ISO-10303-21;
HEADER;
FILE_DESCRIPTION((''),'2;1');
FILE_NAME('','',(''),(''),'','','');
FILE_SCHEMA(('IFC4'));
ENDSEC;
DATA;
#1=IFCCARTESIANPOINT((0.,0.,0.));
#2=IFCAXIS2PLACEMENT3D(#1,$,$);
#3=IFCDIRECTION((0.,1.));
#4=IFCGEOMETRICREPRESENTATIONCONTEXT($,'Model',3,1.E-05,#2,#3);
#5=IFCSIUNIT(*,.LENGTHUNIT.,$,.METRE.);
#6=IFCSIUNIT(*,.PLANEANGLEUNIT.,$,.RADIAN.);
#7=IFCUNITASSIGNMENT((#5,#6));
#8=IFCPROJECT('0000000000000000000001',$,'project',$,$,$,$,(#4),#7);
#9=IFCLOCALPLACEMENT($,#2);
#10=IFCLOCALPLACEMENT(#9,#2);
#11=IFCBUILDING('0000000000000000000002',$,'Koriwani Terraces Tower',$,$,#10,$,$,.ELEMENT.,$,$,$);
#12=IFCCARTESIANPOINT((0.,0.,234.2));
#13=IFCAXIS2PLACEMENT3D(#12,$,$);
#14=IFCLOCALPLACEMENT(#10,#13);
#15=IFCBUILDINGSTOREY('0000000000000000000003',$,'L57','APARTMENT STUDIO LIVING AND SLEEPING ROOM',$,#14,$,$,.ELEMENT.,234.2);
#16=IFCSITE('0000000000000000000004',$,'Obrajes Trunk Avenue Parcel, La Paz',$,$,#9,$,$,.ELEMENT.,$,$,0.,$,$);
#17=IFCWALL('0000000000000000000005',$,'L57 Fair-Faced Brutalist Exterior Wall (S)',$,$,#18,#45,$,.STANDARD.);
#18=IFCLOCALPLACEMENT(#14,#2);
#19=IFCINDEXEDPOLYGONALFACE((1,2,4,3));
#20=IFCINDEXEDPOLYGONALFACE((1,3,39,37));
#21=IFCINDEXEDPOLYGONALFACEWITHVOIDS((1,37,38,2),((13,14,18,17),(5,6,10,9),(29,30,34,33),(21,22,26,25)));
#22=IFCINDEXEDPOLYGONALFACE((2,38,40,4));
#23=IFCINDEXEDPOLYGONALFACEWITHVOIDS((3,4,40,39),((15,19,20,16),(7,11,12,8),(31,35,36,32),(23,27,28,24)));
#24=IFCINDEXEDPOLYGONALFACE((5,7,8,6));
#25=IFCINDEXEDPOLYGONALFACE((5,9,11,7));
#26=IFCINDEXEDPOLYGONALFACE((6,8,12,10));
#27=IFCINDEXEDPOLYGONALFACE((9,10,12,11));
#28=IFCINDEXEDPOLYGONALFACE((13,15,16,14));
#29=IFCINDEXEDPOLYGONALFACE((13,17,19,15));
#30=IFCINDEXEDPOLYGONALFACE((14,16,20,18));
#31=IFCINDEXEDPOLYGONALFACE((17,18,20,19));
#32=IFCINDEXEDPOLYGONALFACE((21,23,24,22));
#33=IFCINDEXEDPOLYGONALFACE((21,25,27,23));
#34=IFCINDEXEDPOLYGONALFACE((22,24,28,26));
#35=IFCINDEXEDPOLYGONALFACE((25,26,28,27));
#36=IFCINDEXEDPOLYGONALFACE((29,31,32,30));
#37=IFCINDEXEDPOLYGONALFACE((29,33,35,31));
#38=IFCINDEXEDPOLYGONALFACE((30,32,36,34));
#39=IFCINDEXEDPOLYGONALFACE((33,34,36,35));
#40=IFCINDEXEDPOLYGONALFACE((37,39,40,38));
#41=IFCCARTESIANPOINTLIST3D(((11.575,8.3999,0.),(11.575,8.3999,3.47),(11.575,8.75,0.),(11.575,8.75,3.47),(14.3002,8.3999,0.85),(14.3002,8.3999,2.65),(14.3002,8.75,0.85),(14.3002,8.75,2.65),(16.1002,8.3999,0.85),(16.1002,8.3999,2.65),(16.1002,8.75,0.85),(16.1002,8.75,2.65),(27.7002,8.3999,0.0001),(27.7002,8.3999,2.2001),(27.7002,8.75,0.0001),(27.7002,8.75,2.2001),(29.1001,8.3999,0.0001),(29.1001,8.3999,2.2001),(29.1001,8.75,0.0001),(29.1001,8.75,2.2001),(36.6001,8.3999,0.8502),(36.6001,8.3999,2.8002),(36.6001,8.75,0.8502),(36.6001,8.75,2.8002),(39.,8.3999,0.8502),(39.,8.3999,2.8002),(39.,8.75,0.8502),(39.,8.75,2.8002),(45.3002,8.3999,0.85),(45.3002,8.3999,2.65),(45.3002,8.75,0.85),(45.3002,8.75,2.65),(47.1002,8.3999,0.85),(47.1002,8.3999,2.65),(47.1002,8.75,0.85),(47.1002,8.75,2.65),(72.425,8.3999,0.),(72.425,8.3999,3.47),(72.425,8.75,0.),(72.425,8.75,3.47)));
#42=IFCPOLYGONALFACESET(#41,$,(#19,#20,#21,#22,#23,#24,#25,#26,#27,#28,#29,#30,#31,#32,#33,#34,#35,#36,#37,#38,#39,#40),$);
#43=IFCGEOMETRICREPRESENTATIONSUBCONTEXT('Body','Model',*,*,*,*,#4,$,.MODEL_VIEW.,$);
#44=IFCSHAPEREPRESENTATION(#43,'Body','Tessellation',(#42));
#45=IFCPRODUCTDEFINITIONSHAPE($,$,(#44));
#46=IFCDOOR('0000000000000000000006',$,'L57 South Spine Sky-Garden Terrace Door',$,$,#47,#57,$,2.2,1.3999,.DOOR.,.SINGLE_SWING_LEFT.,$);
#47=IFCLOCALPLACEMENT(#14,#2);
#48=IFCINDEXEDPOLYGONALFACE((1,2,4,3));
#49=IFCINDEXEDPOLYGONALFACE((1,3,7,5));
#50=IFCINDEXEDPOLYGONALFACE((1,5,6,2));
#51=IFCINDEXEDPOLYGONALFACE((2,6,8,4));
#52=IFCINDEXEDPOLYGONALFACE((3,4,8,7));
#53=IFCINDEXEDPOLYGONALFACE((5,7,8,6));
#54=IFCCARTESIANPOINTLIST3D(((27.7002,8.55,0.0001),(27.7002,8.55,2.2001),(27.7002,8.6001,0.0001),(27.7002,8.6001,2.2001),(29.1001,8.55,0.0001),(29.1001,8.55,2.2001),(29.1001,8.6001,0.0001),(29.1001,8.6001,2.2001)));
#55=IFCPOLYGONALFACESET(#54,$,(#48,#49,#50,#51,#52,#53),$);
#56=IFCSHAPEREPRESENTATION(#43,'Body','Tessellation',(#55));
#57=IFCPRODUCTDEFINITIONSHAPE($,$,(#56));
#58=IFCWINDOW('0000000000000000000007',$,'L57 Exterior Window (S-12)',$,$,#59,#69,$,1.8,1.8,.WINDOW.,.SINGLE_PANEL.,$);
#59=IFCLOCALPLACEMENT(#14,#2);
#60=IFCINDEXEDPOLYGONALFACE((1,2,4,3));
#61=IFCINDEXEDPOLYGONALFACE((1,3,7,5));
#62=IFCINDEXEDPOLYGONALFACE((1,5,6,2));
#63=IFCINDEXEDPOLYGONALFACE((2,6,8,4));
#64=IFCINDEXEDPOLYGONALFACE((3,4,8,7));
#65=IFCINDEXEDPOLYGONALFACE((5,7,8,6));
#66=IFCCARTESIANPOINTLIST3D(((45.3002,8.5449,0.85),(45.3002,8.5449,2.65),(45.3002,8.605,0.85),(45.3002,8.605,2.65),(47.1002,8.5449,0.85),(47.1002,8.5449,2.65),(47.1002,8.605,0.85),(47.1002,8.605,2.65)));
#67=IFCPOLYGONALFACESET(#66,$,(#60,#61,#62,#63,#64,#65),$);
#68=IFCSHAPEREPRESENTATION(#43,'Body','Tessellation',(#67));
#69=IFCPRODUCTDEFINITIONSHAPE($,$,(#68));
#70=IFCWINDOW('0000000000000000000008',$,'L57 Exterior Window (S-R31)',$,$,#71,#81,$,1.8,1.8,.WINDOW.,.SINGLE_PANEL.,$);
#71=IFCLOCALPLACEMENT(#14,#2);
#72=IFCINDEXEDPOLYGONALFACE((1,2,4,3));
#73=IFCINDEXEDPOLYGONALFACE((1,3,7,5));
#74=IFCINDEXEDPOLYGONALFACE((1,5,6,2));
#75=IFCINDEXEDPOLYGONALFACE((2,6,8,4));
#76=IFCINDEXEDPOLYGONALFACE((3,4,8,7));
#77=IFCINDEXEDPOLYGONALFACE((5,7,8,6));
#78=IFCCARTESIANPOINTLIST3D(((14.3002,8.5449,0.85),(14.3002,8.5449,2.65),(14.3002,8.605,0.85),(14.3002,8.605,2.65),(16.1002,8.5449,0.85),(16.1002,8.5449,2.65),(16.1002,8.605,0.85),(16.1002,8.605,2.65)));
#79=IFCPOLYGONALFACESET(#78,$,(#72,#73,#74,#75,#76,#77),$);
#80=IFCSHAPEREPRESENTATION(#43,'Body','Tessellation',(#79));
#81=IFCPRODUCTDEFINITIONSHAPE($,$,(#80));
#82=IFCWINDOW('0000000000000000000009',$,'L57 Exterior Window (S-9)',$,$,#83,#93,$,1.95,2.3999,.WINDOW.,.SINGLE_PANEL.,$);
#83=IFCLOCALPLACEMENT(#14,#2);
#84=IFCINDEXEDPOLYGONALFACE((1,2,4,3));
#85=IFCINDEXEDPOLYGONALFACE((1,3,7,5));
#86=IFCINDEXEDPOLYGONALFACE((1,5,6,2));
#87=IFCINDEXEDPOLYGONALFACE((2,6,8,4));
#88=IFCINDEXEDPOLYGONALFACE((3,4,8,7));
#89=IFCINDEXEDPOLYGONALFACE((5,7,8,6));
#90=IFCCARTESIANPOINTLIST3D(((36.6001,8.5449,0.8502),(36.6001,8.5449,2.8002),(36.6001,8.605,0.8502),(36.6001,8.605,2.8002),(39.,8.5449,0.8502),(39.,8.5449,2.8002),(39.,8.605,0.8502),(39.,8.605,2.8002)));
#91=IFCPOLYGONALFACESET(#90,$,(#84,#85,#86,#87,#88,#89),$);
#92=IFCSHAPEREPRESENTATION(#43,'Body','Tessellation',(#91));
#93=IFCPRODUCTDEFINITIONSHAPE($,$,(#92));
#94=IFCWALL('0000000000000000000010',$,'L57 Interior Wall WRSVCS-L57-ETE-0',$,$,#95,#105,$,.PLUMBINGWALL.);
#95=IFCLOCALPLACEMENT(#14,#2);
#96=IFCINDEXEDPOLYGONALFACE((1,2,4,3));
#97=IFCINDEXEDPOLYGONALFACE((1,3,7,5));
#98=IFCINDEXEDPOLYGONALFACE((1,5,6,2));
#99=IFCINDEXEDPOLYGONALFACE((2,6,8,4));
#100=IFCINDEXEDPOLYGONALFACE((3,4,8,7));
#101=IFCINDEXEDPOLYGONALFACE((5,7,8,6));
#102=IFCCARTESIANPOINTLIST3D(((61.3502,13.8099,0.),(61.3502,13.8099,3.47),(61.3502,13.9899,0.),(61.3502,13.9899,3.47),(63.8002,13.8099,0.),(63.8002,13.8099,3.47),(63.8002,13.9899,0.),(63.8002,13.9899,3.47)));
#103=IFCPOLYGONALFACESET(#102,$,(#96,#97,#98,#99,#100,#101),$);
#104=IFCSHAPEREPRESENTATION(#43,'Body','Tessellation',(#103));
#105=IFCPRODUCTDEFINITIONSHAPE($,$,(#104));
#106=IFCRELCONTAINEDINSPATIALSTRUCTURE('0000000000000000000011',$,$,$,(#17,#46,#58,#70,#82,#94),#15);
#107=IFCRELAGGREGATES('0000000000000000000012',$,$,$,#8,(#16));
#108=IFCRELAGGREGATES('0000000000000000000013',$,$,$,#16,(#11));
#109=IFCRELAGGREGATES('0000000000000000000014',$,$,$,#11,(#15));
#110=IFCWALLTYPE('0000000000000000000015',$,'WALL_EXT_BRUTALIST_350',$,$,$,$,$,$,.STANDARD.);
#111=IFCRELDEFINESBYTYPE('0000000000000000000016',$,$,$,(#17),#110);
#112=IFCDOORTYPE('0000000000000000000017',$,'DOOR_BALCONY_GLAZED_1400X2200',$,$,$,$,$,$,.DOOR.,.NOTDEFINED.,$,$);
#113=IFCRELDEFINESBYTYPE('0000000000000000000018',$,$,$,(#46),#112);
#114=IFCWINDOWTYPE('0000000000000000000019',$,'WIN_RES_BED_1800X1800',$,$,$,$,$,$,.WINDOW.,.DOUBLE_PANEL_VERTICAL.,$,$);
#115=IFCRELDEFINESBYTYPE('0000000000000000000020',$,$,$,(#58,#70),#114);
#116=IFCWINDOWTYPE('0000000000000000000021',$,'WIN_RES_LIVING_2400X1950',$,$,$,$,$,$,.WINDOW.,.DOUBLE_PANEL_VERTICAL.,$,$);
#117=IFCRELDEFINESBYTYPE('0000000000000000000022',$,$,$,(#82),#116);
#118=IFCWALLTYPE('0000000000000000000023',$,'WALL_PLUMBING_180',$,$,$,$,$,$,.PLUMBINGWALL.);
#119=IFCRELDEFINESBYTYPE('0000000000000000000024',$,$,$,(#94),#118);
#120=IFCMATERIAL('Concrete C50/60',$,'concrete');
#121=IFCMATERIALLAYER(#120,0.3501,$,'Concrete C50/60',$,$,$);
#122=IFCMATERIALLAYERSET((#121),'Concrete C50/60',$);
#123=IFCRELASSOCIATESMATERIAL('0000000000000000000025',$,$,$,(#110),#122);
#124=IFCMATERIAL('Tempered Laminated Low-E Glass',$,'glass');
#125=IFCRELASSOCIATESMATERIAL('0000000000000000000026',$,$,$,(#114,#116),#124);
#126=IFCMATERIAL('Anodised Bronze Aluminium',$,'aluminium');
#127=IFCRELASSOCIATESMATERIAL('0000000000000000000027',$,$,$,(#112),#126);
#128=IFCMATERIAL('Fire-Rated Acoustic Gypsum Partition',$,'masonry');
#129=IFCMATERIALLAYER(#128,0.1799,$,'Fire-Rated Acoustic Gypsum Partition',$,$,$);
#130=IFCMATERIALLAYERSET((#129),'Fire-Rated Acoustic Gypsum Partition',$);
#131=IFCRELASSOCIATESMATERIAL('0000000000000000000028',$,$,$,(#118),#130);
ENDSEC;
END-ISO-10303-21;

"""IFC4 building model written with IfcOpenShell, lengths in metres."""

from ifc_helpers import new_model, si_unit, direction, frame, frame_2d, origin, place, context, subcontext, project, spatial, rectangle, extrude, material, layer, layer_set, type_object, element, fill, save


model = new_model("IFC4")

# Units and contexts
model_context = context("Model", 3, precision=1e-05, world=origin(), true_north=direction((0.0, 1.0)))
body_context = subcontext(model_context, "Body", "Model", "MODEL_VIEW")
ifc_project = project(units=[si_unit("LENGTHUNIT", "METRE"), si_unit("PLANEANGLEUNIT", "RADIAN")], contexts=[model_context])

# Site, building, storey
site_placement = place(None, origin())
site = spatial("IfcSite", under=ifc_project, at=site_placement, Name="Obrajes Trunk Avenue Parcel, La Paz", CompositionType="ELEMENT", RefElevation=0.0)
building_placement = place(site_placement, origin())
building = spatial("IfcBuilding", under=site, at=building_placement, Name="Koriwani Terraces Tower", CompositionType="ELEMENT")
storey_placement = place(building_placement, frame((0.0, 0.0, 234.2)))
storey = spatial("IfcBuildingStorey", under=building, at=storey_placement, Name="L57", Description="APARTMENT STUDIO LIVING AND SLEEPING ROOM", CompositionType="ELEMENT", Elevation=234.2)

# Shared definitions
ifc_material_1 = material(Name="Concrete C50/60", Category="concrete")

# Shared definitions
ifc_layer_1 = layer(ifc_material_1, 0.3501, Name="Concrete C50/60")
ifc_layer_set_1 = layer_set([ifc_layer_1], Name="Concrete C50/60")
wall_type_1 = type_object("IfcWallType", Name="WALL_EXT_BRUTALIST_350", PredefinedType="STANDARD", material=ifc_layer_set_1)
ifc_material_2 = material(Name="Tempered Laminated Low-E Glass", Category="glass")
window_type_1 = type_object("IfcWindowType", Name="WIN_RES_BED_1800X1800", PartitioningType="DOUBLE_PANEL_VERTICAL", PredefinedType="WINDOW", material=ifc_material_2)

# Wall, openings, door, windows
wall_1_placement = place(storey_placement, frame((72.425, 8.575, 0.0), z_axis=(0.0, 0.0, 1.0), x_axis=(-1.0, 0.0, 0.0)))
wall_1 = element("IfcWall", 1, at=wall_1_placement, inside=storey, type_object=wall_type_1, Name="L57 Fair-Faced Brutalist Exterior Wall (S)", PredefinedType="STANDARD", context=body_context, shape_type="SweptSolid", body=[
    extrude(rectangle(XDim=60.8501, YDim=0.3501, at=frame_2d((30.425, 0.0))), origin(), (0.0, 0.0, 1.0), 3.47),
])
opening_1_placement = place(wall_1_placement, frame((43.325, 0.0, 0.0)))
opening_1 = element("IfcOpeningElement", 2, at=opening_1_placement, cuts=wall_1, PredefinedType="OPENING", context=body_context, shape_type="SweptSolid", body=[
    extrude(rectangle(XDim=1.3999, YDim=2.2, at=frame_2d((0.7, 1.1001))), frame((0.0, 0.1851, 0.0), z_axis=(0.0, -1.0, 0.0), x_axis=(1.0, 0.0, 0.0)), (0.0, 0.0, 1.0), 0.3701),
])
opening_2_placement = place(wall_1_placement, frame((33.425, 0.0, 0.8501)))
opening_2 = element("IfcOpeningElement", 3, at=opening_2_placement, cuts=wall_1, PredefinedType="OPENING", context=body_context, shape_type="SweptSolid", body=[
    extrude(rectangle(XDim=2.3999, YDim=1.95, at=frame_2d((1.2, 0.9751))), frame((0.0, 0.1851, 0.0), z_axis=(0.0, -1.0, 0.0), x_axis=(1.0, 0.0, 0.0)), (0.0, 0.0, 1.0), 0.3701),
])
opening_3_placement = place(wall_1_placement, frame((25.325, 0.0, 0.8501)))
opening_3 = element("IfcOpeningElement", 4, at=opening_3_placement, cuts=wall_1, PredefinedType="OPENING", context=body_context, shape_type="SweptSolid", body=[
    extrude(rectangle(XDim=1.8, YDim=1.8, at=frame_2d((0.8999, 0.8999))), frame((0.0, 0.1851, 0.0), z_axis=(0.0, -1.0, 0.0), x_axis=(1.0, 0.0, 0.0)), (0.0, 0.0, 1.0), 0.3701),
])
opening_4_placement = place(wall_1_placement, frame((56.325, 0.0, 0.8501)))
opening_4 = element("IfcOpeningElement", 5, at=opening_4_placement, cuts=wall_1, PredefinedType="OPENING", context=body_context, shape_type="SweptSolid", body=[
    extrude(rectangle(XDim=1.8, YDim=1.8, at=frame_2d((0.8999, 0.8999))), frame((0.0, 0.1851, 0.0), z_axis=(0.0, -1.0, 0.0), x_axis=(1.0, 0.0, 0.0)), (0.0, 0.0, 1.0), 0.3701),
])
ifc_material_3 = material(Name="Anodised Bronze Aluminium", Category="aluminium")
door_type_1 = type_object("IfcDoorType", Name="DOOR_BALCONY_GLAZED_1400X2200", OperationType="NOTDEFINED", PredefinedType="DOOR", material=ifc_material_3)
door_1_placement = place(opening_1_placement, origin())
door_1 = element("IfcDoor", 6, at=door_1_placement, inside=storey, type_object=door_type_1, Name="L57 South Spine Sky-Garden Terrace Door", OperationType="SINGLE_SWING_LEFT", OverallHeight=2.2, OverallWidth=1.3999, PredefinedType="DOOR", context=body_context, shape_type="SweptSolid", body=[
    extrude(rectangle(XDim=1.3999, YDim=2.2, at=frame_2d((0.7, 1.1001))), frame((0.0, 0.0249, 0.0), z_axis=(0.0, -1.0, 0.0), x_axis=(1.0, 0.0, 0.0)), (0.0, 0.0, 1.0), 0.05),
])
fill(opening_1, door_1)
window_1_placement = place(opening_3_placement, origin())
window_1 = element("IfcWindow", 7, at=window_1_placement, inside=storey, type_object=window_type_1, Name="L57 Exterior Window (S-12)", OverallHeight=1.8, OverallWidth=1.8, PartitioningType="SINGLE_PANEL", PredefinedType="WINDOW", context=body_context, shape_type="SweptSolid", body=[
    extrude(rectangle(XDim=1.8, YDim=1.8, at=frame_2d((0.8999, 0.8999))), frame((0.0, 0.03, 0.0), z_axis=(0.0, -1.0, 0.0), x_axis=(1.0, 0.0, 0.0)), (0.0, 0.0, 1.0), 0.0601),
])
fill(opening_3, window_1)
window_2_placement = place(opening_4_placement, origin())
window_2 = element("IfcWindow", 8, at=window_2_placement, inside=storey, type_object=window_type_1, Name="L57 Exterior Window (S-R31)", OverallHeight=1.8, OverallWidth=1.8, PartitioningType="SINGLE_PANEL", PredefinedType="WINDOW", context=body_context, shape_type="SweptSolid", body=[
    extrude(rectangle(XDim=1.8, YDim=1.8, at=frame_2d((0.8999, 0.8999))), frame((0.0, 0.03, 0.0), z_axis=(0.0, -1.0, 0.0), x_axis=(1.0, 0.0, 0.0)), (0.0, 0.0, 1.0), 0.0601),
])
fill(opening_4, window_2)
window_type_2 = type_object("IfcWindowType", Name="WIN_RES_LIVING_2400X1950", PartitioningType="DOUBLE_PANEL_VERTICAL", PredefinedType="WINDOW", material=ifc_material_2)
window_3_placement = place(opening_2_placement, origin())
window_3 = element("IfcWindow", 9, at=window_3_placement, inside=storey, type_object=window_type_2, Name="L57 Exterior Window (S-9)", OverallHeight=1.95, OverallWidth=2.3999, PartitioningType="SINGLE_PANEL", PredefinedType="WINDOW", context=body_context, shape_type="SweptSolid", body=[
    extrude(rectangle(XDim=2.3999, YDim=1.95, at=frame_2d((1.2, 0.9751))), frame((0.0, 0.03, 0.0), z_axis=(0.0, -1.0, 0.0), x_axis=(1.0, 0.0, 0.0)), (0.0, 0.0, 1.0), 0.0601),
])
fill(opening_2, window_3)

# Wall
ifc_material_4 = material(Name="Fire-Rated Acoustic Gypsum Partition", Category="masonry")
ifc_layer_2 = layer(ifc_material_4, 0.1799, Name="Fire-Rated Acoustic Gypsum Partition")
ifc_layer_set_2 = layer_set([ifc_layer_2], Name="Fire-Rated Acoustic Gypsum Partition")
wall_type_2 = type_object("IfcWallType", Name="WALL_PLUMBING_180", PredefinedType="PLUMBINGWALL", material=ifc_layer_set_2)
wall_2_placement = place(storey_placement, frame((61.3501, 13.8999, 0.0), z_axis=(0.0, 0.0, 1.0), x_axis=(1.0, 0.0, 0.0)))
element("IfcWall", 10, at=wall_2_placement, inside=storey, type_object=wall_type_2, Name="L57 Interior Wall WRSVCS-L57-ETE-0", PredefinedType="PLUMBINGWALL", context=body_context, shape_type="SweptSolid", body=[
    extrude(rectangle(XDim=2.45, YDim=0.1799, at=frame_2d((1.2251, 0.0))), origin(), (0.0, 0.0, 1.0), 3.47),
])

save(model, "model.ifc")
